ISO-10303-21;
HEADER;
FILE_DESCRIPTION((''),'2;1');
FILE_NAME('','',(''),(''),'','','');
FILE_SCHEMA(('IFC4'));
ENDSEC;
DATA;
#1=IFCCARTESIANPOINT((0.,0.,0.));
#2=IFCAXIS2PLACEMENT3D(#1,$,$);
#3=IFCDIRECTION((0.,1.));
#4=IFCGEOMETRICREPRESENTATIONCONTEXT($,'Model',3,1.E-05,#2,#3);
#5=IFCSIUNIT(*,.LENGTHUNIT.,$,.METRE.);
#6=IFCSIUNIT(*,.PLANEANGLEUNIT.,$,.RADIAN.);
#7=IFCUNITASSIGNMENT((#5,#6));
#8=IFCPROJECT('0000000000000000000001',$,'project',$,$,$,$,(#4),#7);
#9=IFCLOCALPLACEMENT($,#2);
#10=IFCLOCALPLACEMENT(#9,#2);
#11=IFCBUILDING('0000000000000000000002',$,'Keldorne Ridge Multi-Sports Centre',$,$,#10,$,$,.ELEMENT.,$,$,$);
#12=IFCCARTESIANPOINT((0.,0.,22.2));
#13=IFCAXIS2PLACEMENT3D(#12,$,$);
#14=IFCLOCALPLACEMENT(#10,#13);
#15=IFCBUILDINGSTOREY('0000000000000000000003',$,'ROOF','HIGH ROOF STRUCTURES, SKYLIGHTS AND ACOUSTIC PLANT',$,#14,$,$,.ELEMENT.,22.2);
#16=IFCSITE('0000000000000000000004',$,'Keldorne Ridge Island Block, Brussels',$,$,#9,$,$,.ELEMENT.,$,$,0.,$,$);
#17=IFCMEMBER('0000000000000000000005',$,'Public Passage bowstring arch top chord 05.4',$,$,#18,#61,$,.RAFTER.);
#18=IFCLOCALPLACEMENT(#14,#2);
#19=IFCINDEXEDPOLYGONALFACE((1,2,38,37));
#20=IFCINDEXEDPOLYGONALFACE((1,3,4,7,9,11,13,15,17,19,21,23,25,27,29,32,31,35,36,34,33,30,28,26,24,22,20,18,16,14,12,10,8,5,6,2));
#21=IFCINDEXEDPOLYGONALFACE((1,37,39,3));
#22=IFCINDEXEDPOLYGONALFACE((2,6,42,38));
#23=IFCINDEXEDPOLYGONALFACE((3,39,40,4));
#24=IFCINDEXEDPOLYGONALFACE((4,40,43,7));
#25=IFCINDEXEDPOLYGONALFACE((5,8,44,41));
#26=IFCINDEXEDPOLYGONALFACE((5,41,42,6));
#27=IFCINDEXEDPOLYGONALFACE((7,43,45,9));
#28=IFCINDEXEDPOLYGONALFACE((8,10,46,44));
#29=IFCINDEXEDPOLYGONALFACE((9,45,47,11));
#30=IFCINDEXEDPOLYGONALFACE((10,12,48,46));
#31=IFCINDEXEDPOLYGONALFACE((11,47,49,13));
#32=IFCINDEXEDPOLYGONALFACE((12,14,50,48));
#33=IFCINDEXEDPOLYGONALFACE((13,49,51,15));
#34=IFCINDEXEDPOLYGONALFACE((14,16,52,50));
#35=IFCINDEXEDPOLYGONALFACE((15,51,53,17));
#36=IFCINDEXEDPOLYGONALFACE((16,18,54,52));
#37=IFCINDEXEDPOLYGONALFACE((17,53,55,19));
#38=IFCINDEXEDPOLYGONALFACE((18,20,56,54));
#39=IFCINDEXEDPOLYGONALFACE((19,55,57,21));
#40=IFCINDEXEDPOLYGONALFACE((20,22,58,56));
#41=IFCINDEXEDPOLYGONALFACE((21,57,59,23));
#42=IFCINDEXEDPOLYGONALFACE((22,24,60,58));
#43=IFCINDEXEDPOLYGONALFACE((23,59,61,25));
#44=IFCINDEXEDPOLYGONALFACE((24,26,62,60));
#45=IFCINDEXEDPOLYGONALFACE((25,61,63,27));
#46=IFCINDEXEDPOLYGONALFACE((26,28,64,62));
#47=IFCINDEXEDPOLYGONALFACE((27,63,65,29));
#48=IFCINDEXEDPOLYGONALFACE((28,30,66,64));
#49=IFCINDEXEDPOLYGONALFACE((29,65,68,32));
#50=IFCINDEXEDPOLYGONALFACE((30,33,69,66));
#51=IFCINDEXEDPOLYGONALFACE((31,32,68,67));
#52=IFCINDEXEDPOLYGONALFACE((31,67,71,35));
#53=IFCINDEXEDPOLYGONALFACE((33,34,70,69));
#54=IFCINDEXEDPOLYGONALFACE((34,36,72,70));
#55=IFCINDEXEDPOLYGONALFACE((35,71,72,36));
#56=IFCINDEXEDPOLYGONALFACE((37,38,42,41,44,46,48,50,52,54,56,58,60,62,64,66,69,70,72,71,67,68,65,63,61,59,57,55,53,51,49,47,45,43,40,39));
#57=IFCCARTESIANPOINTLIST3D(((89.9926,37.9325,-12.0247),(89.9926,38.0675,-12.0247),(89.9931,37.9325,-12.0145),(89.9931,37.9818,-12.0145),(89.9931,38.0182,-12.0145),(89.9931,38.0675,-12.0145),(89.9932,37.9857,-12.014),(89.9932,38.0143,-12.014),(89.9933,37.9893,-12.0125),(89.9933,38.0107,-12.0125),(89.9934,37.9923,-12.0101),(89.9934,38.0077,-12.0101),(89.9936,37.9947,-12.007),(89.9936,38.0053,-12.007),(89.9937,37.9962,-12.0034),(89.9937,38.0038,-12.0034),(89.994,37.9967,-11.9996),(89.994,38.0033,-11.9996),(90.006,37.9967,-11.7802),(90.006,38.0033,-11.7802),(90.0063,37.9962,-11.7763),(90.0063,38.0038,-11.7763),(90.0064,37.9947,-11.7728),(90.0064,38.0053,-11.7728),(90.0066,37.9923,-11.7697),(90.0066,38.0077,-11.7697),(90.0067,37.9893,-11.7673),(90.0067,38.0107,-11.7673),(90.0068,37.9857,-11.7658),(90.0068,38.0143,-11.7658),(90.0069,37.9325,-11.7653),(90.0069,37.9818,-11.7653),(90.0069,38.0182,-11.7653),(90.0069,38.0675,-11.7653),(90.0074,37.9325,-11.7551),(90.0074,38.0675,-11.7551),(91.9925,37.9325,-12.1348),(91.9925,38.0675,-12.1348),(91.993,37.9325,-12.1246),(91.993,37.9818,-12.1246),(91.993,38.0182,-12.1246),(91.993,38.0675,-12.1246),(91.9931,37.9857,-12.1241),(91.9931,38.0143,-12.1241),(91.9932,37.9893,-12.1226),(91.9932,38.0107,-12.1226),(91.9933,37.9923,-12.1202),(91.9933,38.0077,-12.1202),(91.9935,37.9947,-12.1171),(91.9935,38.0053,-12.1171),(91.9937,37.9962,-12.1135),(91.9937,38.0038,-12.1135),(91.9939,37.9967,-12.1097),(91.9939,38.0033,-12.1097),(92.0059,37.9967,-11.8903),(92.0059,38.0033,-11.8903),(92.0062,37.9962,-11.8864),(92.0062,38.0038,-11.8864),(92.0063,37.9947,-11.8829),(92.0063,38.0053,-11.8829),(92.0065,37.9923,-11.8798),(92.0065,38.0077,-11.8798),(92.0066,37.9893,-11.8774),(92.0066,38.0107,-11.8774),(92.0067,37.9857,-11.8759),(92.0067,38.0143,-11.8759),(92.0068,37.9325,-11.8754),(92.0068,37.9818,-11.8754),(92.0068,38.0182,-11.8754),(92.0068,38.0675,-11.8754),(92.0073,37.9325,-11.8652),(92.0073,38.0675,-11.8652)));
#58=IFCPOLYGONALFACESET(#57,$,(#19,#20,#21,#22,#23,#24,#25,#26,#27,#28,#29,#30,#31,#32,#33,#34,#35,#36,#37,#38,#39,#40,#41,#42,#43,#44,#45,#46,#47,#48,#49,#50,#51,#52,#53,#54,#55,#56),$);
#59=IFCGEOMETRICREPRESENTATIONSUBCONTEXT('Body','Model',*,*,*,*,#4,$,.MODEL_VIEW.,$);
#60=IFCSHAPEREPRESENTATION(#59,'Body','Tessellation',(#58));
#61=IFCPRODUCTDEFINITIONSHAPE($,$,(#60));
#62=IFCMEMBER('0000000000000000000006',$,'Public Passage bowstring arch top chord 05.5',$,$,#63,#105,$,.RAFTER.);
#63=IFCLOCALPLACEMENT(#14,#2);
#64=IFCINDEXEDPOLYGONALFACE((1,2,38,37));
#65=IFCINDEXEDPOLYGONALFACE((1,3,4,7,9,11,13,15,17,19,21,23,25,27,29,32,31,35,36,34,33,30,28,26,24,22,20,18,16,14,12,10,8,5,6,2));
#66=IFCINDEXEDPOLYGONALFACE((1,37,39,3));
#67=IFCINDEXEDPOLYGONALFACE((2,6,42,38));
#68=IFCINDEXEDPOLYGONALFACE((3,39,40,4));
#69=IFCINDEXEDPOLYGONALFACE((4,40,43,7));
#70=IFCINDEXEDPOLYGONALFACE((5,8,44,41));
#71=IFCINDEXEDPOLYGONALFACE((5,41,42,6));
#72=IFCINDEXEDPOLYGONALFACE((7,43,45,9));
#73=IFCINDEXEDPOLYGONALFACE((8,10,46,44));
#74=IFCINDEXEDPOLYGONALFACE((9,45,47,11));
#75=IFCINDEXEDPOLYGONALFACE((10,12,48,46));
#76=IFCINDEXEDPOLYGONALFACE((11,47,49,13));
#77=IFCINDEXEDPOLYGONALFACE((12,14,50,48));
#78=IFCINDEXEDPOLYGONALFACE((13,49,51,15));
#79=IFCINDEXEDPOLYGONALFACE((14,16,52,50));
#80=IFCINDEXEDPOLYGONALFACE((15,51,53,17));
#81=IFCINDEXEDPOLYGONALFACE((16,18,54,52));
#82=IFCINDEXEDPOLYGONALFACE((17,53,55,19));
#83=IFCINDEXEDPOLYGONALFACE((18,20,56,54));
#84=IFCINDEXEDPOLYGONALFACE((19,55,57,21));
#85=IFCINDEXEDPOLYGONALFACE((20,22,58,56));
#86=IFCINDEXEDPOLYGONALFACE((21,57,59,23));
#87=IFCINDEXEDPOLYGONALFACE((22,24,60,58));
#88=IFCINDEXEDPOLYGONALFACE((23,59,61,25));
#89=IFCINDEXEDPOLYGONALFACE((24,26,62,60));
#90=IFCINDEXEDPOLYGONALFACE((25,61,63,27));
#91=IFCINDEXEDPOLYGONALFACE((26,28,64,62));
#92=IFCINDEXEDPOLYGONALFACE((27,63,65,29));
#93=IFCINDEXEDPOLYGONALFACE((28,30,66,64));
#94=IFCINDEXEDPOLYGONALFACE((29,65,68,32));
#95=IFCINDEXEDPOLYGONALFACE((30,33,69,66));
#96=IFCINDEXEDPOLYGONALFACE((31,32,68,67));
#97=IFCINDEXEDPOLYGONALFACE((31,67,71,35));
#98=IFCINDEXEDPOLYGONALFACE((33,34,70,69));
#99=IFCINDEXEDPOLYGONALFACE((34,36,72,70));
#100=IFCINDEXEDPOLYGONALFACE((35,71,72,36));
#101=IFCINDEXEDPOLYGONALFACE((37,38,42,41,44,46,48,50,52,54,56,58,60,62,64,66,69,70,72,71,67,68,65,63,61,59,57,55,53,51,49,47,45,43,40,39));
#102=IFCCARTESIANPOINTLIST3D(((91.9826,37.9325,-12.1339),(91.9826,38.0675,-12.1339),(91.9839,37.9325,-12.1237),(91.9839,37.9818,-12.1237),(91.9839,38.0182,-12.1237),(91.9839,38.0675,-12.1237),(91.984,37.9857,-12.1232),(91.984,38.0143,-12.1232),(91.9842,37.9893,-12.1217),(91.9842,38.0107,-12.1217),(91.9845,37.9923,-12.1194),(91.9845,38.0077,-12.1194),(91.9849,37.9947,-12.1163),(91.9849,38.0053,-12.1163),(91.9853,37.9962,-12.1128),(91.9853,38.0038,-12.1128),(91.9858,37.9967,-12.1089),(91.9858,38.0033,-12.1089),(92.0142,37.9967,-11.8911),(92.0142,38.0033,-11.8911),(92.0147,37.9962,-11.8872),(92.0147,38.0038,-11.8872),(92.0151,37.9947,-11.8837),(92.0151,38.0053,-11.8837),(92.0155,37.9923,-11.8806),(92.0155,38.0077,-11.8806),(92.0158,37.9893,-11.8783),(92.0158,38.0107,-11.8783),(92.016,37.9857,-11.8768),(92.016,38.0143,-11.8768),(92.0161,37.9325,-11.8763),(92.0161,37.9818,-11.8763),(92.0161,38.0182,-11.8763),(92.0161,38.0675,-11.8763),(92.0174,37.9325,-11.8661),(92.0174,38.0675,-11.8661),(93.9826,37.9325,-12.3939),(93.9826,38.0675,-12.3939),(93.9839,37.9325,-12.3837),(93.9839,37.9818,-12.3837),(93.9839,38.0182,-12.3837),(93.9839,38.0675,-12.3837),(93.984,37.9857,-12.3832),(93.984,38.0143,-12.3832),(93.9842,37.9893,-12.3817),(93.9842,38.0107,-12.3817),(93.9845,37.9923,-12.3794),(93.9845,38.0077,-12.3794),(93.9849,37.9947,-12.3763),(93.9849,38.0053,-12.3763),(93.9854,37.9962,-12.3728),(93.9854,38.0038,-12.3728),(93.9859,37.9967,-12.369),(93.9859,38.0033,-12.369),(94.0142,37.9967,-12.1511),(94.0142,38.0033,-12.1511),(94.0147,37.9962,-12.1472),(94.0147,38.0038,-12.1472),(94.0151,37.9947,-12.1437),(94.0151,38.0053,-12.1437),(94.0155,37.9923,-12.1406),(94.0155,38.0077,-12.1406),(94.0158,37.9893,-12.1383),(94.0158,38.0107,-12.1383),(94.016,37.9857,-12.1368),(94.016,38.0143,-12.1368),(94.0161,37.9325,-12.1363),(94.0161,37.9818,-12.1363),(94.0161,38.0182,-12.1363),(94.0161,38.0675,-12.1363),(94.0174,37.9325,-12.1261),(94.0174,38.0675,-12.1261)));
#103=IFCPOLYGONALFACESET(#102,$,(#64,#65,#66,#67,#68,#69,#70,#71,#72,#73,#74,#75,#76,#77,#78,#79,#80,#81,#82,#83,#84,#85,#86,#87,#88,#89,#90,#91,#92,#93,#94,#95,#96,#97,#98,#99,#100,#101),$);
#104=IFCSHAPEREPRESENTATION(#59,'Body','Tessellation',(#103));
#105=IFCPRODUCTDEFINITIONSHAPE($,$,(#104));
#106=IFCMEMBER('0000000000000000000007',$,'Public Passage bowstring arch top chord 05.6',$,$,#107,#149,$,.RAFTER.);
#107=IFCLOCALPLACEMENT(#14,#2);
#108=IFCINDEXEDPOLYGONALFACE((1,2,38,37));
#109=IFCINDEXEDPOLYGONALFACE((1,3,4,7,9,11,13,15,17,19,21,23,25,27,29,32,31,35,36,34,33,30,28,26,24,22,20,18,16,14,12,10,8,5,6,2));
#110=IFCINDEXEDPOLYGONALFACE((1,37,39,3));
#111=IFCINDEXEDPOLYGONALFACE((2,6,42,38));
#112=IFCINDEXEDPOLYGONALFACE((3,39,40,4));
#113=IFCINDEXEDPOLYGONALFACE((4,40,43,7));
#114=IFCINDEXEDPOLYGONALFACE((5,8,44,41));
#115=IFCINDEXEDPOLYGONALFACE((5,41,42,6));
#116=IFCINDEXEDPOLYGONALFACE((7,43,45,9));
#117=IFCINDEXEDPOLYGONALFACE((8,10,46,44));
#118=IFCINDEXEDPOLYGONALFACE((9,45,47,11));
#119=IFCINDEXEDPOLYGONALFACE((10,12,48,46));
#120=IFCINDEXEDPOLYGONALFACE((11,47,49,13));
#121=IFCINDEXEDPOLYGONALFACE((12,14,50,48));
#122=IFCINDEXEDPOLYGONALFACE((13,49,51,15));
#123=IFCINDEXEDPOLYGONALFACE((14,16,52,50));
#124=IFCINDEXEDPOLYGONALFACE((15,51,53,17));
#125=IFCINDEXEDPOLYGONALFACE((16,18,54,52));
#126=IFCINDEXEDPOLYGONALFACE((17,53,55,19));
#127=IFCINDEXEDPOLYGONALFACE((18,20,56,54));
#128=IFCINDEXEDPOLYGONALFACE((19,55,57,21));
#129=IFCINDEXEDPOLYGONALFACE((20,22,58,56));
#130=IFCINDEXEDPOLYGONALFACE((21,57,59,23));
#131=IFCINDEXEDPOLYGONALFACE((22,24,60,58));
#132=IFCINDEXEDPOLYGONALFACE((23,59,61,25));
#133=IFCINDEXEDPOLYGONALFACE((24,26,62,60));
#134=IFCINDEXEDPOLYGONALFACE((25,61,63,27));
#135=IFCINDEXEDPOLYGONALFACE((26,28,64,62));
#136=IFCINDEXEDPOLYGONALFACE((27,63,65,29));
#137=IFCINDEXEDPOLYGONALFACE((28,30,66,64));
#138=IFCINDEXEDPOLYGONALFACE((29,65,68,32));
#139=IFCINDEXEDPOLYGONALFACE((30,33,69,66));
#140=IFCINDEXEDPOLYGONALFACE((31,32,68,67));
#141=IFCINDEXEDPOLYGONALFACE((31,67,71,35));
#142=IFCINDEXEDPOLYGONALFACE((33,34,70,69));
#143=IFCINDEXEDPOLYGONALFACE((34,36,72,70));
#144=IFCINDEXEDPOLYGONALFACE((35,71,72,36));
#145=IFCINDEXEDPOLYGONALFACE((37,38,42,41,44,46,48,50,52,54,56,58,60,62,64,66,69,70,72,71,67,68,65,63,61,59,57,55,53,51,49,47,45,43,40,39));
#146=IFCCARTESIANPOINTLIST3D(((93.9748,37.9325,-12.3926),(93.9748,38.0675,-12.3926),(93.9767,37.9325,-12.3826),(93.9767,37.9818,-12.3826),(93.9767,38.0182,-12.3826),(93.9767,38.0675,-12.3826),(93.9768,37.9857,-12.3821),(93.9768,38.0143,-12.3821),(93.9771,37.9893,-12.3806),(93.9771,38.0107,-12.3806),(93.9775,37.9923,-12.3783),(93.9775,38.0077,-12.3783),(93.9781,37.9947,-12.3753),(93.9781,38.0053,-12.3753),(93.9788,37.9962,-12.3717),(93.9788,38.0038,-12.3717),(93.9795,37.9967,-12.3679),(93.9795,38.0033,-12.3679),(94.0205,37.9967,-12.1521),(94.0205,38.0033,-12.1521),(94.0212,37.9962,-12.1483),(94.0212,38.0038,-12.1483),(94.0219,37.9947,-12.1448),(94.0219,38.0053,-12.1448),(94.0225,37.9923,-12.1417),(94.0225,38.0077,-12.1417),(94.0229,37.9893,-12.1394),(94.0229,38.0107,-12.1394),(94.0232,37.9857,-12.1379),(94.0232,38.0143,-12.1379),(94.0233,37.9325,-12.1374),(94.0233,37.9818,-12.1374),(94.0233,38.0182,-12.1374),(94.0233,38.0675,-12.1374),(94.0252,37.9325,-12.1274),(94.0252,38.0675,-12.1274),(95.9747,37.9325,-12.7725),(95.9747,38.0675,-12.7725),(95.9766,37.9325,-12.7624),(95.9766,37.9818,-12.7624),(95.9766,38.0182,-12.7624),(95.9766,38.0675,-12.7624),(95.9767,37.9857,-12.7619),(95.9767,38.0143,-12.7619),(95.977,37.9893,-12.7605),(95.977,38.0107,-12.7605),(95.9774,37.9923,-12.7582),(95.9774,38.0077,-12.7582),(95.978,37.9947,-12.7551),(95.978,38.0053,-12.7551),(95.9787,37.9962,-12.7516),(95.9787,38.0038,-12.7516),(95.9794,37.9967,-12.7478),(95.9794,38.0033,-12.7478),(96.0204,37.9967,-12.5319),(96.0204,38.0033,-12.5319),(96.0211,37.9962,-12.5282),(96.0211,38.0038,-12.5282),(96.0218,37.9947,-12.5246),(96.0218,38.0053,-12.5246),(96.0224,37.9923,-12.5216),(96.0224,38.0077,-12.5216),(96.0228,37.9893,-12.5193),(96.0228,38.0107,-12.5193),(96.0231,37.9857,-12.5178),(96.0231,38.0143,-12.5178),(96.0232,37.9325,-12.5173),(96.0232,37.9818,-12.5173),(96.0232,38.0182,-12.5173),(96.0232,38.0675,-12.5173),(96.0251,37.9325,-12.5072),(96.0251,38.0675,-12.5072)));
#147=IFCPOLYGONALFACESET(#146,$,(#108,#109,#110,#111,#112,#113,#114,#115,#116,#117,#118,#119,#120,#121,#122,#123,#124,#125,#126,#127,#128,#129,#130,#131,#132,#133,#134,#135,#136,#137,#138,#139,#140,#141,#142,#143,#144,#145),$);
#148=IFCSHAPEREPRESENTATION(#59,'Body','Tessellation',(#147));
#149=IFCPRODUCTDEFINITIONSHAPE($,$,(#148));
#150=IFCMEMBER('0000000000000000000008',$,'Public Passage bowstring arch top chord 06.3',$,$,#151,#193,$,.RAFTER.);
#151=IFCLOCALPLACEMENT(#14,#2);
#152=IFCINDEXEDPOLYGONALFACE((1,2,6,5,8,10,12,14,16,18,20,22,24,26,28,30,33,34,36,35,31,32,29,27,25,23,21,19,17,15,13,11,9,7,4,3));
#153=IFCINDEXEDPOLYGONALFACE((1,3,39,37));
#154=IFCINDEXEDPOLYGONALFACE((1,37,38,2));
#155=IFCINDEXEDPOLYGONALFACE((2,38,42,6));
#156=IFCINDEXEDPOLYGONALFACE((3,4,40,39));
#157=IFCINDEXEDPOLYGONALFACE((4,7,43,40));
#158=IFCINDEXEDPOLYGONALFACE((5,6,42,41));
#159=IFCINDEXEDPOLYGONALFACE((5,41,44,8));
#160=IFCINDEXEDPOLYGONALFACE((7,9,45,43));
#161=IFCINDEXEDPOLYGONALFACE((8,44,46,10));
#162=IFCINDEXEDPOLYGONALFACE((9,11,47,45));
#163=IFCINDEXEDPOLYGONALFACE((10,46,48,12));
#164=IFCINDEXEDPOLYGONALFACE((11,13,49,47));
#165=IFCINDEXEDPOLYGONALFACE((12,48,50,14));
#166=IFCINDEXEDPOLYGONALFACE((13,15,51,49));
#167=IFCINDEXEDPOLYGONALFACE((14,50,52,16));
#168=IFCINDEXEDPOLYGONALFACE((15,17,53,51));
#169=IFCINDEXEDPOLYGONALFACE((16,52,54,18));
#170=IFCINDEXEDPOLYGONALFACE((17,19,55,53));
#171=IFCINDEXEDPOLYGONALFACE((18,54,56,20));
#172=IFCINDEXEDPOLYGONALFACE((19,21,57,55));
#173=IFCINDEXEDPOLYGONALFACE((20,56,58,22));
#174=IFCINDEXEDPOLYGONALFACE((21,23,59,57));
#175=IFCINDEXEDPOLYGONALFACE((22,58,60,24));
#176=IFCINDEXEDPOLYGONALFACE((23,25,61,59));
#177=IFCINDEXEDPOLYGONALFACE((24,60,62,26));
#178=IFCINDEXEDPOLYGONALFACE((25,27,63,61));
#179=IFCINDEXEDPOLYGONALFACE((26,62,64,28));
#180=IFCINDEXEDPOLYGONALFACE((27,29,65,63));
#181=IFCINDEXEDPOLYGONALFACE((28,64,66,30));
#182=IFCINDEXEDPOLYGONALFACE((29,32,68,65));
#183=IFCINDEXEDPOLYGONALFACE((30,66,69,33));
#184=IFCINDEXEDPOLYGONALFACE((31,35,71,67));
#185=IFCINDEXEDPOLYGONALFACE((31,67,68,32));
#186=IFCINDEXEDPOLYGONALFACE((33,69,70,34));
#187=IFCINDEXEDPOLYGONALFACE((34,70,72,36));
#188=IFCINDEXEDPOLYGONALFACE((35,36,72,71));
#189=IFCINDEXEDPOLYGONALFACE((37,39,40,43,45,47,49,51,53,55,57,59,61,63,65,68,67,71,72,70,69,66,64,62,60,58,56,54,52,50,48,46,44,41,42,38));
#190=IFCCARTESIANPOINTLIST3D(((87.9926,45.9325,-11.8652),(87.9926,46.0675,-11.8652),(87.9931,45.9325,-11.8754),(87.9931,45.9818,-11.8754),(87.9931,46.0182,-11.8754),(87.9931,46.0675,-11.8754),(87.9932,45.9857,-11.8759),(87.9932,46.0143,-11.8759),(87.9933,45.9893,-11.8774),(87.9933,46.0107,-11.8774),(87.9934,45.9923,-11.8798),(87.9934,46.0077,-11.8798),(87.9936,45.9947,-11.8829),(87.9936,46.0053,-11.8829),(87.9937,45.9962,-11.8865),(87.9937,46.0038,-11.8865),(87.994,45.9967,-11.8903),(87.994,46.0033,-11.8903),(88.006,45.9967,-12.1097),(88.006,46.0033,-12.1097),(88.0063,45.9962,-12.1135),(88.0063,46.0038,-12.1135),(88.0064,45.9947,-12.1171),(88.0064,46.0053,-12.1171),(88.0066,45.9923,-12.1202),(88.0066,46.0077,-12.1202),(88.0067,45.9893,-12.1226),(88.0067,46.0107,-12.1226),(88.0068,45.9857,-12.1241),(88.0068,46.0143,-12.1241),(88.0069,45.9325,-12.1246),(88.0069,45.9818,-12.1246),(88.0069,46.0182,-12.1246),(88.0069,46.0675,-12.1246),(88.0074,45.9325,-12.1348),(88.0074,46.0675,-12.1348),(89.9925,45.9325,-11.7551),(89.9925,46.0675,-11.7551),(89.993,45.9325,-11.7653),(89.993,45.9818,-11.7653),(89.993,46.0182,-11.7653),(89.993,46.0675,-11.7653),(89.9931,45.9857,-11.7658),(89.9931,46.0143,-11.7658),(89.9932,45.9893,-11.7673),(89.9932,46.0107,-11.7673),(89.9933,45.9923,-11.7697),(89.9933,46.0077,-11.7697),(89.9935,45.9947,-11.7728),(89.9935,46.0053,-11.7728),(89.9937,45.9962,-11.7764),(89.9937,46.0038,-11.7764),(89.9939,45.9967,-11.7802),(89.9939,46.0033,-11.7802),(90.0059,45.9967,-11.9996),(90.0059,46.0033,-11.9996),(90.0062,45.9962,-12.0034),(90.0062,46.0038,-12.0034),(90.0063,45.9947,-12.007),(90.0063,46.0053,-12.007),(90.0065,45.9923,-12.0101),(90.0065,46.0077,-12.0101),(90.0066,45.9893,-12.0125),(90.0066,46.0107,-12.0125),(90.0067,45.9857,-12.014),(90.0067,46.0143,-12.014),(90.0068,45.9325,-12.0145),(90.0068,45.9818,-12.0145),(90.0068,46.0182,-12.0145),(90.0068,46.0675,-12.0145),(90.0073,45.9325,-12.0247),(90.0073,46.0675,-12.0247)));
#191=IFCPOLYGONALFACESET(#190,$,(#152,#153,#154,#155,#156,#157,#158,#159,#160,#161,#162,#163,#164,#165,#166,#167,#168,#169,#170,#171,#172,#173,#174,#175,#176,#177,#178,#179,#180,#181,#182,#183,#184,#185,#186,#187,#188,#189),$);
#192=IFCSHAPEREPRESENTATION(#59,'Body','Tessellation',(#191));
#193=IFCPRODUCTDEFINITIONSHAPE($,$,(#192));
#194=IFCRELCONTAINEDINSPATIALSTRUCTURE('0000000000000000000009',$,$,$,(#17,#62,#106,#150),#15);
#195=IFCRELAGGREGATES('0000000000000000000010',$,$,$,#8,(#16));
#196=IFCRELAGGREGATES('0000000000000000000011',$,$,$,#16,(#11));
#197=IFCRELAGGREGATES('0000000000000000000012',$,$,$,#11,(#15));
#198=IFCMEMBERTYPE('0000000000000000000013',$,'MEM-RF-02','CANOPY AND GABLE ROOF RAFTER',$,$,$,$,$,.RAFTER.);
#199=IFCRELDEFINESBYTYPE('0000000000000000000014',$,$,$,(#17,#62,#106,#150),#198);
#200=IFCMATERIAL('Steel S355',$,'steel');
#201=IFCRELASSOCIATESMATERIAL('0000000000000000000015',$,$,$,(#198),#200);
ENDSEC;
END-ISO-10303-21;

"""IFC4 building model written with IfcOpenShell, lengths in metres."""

from ifc_helpers import new_model, si_unit, direction, frame, origin, origin_2d, place, context, subcontext, project, spatial, i_section, extrude, material, material_profile, profile_set, type_object, element, save


model = new_model("IFC4")

# Units and contexts
model_context = context("Model", 3, precision=1e-05, world=origin(), true_north=direction((0.0, 1.0)))
body_context = subcontext(model_context, "Body", "Model", "MODEL_VIEW")
ifc_project = project(units=[si_unit("LENGTHUNIT", "METRE"), si_unit("PLANEANGLEUNIT", "RADIAN")], contexts=[model_context])

# Site, building, storey
site_placement = place(None, origin())
site = spatial("IfcSite", under=ifc_project, at=site_placement, Name="Keldorne Ridge Island Block, Brussels", CompositionType="ELEMENT", RefElevation=0.0)
building_placement = place(site_placement, origin())
building = spatial("IfcBuilding", under=site, at=building_placement, Name="Keldorne Ridge Multi-Sports Centre", CompositionType="ELEMENT")
storey_placement = place(building_placement, frame((0.0, 0.0, 22.2)))
storey = spatial("IfcBuildingStorey", under=building, at=storey_placement, Name="ROOF", Description="HIGH ROOF STRUCTURES, SKYLIGHTS AND ACOUSTIC PLANT", CompositionType="ELEMENT", Elevation=22.2)

# Members
ifc_material = material(Name="Steel S355", Category="steel")
ifc_material_profile_1 = material_profile(ifc_material, i_section(OverallWidth=0.135, OverallDepth=0.27, WebThickness=0.0066, FlangeThickness=0.0103, FilletRadius=0.0149, at=origin_2d()), Name="IPE 270")
ifc_profile_set_1 = profile_set([ifc_material_profile_1], Name="Steel S355")
member_type_1 = type_object("IfcMemberType", Name="MEM-RF-02", Description="CANOPY AND GABLE ROOF RAFTER", PredefinedType="RAFTER", material=ifc_profile_set_1)
member_1_placement = place(storey_placement, frame((90.0, 38.0, -11.8899), z_axis=(0.998488, 0.0, -0.05497), x_axis=(0.0, 1.0, 0.0)))
element("IfcMember", 1, at=member_1_placement, inside=storey, type_object=member_type_1, Name="Public Passage bowstring arch top chord 05.4", PredefinedType="RAFTER", context=body_context, shape_type="SweptSolid", body=[
    extrude(i_section(OverallWidth=0.135, OverallDepth=0.27, WebThickness=0.0066, FlangeThickness=0.0103, FilletRadius=0.0149, at=origin_2d()), origin(), (0.0, 0.0, 1.0), 2.0029),
])
member_2_placement = place(storey_placement, frame((92.0, 38.0, -12.0), z_axis=(0.991655, 0.0, -0.12892), x_axis=(0.0, 1.0, 0.0)))
element("IfcMember", 2, at=member_2_placement, inside=storey, type_object=member_type_1, Name="Public Passage bowstring arch top chord 05.5", PredefinedType="RAFTER", context=body_context, shape_type="SweptSolid", body=[
    extrude(i_section(OverallWidth=0.135, OverallDepth=0.27, WebThickness=0.0066, FlangeThickness=0.0103, FilletRadius=0.0149, at=origin_2d()), origin(), (0.0, 0.0, 1.0), 2.0168),
])
member_3_placement = place(storey_placement, frame((94.0, 38.0, -12.26), z_axis=(0.982435, 0.0, -0.186605), x_axis=(0.0, 1.0, 0.0)))
element("IfcMember", 3, at=member_3_placement, inside=storey, type_object=member_type_1, Name="Public Passage bowstring arch top chord 05.6", PredefinedType="RAFTER", context=body_context, shape_type="SweptSolid", body=[
    extrude(i_section(OverallWidth=0.135, OverallDepth=0.27, WebThickness=0.0066, FlangeThickness=0.0103, FilletRadius=0.0149, at=origin_2d()), origin(), (0.0, 0.0, 1.0), 2.0356),
])
for number, where, z_axis, x_axis, name in (
    (4, (88.0, 46.0, -12.0), (0.998488, 0.0, 0.05497), (0.0, 1.0, 0.0), "Public Passage bowstring arch top chord 06.3"),
):
    element("IfcMember", number, at=place(storey_placement, frame(where, z_axis=z_axis, x_axis=x_axis)), inside=storey, type_object=member_type_1, Name=name, PredefinedType="RAFTER", context=body_context, shape_type="SweptSolid", body=[
        extrude(i_section(OverallWidth=0.135, OverallDepth=0.27, WebThickness=0.0066, FlangeThickness=0.0103, FilletRadius=0.0149, at=origin_2d()), origin(), (0.0, 0.0, 1.0), 2.0029),
    ])

save(model, "model.ifc")
